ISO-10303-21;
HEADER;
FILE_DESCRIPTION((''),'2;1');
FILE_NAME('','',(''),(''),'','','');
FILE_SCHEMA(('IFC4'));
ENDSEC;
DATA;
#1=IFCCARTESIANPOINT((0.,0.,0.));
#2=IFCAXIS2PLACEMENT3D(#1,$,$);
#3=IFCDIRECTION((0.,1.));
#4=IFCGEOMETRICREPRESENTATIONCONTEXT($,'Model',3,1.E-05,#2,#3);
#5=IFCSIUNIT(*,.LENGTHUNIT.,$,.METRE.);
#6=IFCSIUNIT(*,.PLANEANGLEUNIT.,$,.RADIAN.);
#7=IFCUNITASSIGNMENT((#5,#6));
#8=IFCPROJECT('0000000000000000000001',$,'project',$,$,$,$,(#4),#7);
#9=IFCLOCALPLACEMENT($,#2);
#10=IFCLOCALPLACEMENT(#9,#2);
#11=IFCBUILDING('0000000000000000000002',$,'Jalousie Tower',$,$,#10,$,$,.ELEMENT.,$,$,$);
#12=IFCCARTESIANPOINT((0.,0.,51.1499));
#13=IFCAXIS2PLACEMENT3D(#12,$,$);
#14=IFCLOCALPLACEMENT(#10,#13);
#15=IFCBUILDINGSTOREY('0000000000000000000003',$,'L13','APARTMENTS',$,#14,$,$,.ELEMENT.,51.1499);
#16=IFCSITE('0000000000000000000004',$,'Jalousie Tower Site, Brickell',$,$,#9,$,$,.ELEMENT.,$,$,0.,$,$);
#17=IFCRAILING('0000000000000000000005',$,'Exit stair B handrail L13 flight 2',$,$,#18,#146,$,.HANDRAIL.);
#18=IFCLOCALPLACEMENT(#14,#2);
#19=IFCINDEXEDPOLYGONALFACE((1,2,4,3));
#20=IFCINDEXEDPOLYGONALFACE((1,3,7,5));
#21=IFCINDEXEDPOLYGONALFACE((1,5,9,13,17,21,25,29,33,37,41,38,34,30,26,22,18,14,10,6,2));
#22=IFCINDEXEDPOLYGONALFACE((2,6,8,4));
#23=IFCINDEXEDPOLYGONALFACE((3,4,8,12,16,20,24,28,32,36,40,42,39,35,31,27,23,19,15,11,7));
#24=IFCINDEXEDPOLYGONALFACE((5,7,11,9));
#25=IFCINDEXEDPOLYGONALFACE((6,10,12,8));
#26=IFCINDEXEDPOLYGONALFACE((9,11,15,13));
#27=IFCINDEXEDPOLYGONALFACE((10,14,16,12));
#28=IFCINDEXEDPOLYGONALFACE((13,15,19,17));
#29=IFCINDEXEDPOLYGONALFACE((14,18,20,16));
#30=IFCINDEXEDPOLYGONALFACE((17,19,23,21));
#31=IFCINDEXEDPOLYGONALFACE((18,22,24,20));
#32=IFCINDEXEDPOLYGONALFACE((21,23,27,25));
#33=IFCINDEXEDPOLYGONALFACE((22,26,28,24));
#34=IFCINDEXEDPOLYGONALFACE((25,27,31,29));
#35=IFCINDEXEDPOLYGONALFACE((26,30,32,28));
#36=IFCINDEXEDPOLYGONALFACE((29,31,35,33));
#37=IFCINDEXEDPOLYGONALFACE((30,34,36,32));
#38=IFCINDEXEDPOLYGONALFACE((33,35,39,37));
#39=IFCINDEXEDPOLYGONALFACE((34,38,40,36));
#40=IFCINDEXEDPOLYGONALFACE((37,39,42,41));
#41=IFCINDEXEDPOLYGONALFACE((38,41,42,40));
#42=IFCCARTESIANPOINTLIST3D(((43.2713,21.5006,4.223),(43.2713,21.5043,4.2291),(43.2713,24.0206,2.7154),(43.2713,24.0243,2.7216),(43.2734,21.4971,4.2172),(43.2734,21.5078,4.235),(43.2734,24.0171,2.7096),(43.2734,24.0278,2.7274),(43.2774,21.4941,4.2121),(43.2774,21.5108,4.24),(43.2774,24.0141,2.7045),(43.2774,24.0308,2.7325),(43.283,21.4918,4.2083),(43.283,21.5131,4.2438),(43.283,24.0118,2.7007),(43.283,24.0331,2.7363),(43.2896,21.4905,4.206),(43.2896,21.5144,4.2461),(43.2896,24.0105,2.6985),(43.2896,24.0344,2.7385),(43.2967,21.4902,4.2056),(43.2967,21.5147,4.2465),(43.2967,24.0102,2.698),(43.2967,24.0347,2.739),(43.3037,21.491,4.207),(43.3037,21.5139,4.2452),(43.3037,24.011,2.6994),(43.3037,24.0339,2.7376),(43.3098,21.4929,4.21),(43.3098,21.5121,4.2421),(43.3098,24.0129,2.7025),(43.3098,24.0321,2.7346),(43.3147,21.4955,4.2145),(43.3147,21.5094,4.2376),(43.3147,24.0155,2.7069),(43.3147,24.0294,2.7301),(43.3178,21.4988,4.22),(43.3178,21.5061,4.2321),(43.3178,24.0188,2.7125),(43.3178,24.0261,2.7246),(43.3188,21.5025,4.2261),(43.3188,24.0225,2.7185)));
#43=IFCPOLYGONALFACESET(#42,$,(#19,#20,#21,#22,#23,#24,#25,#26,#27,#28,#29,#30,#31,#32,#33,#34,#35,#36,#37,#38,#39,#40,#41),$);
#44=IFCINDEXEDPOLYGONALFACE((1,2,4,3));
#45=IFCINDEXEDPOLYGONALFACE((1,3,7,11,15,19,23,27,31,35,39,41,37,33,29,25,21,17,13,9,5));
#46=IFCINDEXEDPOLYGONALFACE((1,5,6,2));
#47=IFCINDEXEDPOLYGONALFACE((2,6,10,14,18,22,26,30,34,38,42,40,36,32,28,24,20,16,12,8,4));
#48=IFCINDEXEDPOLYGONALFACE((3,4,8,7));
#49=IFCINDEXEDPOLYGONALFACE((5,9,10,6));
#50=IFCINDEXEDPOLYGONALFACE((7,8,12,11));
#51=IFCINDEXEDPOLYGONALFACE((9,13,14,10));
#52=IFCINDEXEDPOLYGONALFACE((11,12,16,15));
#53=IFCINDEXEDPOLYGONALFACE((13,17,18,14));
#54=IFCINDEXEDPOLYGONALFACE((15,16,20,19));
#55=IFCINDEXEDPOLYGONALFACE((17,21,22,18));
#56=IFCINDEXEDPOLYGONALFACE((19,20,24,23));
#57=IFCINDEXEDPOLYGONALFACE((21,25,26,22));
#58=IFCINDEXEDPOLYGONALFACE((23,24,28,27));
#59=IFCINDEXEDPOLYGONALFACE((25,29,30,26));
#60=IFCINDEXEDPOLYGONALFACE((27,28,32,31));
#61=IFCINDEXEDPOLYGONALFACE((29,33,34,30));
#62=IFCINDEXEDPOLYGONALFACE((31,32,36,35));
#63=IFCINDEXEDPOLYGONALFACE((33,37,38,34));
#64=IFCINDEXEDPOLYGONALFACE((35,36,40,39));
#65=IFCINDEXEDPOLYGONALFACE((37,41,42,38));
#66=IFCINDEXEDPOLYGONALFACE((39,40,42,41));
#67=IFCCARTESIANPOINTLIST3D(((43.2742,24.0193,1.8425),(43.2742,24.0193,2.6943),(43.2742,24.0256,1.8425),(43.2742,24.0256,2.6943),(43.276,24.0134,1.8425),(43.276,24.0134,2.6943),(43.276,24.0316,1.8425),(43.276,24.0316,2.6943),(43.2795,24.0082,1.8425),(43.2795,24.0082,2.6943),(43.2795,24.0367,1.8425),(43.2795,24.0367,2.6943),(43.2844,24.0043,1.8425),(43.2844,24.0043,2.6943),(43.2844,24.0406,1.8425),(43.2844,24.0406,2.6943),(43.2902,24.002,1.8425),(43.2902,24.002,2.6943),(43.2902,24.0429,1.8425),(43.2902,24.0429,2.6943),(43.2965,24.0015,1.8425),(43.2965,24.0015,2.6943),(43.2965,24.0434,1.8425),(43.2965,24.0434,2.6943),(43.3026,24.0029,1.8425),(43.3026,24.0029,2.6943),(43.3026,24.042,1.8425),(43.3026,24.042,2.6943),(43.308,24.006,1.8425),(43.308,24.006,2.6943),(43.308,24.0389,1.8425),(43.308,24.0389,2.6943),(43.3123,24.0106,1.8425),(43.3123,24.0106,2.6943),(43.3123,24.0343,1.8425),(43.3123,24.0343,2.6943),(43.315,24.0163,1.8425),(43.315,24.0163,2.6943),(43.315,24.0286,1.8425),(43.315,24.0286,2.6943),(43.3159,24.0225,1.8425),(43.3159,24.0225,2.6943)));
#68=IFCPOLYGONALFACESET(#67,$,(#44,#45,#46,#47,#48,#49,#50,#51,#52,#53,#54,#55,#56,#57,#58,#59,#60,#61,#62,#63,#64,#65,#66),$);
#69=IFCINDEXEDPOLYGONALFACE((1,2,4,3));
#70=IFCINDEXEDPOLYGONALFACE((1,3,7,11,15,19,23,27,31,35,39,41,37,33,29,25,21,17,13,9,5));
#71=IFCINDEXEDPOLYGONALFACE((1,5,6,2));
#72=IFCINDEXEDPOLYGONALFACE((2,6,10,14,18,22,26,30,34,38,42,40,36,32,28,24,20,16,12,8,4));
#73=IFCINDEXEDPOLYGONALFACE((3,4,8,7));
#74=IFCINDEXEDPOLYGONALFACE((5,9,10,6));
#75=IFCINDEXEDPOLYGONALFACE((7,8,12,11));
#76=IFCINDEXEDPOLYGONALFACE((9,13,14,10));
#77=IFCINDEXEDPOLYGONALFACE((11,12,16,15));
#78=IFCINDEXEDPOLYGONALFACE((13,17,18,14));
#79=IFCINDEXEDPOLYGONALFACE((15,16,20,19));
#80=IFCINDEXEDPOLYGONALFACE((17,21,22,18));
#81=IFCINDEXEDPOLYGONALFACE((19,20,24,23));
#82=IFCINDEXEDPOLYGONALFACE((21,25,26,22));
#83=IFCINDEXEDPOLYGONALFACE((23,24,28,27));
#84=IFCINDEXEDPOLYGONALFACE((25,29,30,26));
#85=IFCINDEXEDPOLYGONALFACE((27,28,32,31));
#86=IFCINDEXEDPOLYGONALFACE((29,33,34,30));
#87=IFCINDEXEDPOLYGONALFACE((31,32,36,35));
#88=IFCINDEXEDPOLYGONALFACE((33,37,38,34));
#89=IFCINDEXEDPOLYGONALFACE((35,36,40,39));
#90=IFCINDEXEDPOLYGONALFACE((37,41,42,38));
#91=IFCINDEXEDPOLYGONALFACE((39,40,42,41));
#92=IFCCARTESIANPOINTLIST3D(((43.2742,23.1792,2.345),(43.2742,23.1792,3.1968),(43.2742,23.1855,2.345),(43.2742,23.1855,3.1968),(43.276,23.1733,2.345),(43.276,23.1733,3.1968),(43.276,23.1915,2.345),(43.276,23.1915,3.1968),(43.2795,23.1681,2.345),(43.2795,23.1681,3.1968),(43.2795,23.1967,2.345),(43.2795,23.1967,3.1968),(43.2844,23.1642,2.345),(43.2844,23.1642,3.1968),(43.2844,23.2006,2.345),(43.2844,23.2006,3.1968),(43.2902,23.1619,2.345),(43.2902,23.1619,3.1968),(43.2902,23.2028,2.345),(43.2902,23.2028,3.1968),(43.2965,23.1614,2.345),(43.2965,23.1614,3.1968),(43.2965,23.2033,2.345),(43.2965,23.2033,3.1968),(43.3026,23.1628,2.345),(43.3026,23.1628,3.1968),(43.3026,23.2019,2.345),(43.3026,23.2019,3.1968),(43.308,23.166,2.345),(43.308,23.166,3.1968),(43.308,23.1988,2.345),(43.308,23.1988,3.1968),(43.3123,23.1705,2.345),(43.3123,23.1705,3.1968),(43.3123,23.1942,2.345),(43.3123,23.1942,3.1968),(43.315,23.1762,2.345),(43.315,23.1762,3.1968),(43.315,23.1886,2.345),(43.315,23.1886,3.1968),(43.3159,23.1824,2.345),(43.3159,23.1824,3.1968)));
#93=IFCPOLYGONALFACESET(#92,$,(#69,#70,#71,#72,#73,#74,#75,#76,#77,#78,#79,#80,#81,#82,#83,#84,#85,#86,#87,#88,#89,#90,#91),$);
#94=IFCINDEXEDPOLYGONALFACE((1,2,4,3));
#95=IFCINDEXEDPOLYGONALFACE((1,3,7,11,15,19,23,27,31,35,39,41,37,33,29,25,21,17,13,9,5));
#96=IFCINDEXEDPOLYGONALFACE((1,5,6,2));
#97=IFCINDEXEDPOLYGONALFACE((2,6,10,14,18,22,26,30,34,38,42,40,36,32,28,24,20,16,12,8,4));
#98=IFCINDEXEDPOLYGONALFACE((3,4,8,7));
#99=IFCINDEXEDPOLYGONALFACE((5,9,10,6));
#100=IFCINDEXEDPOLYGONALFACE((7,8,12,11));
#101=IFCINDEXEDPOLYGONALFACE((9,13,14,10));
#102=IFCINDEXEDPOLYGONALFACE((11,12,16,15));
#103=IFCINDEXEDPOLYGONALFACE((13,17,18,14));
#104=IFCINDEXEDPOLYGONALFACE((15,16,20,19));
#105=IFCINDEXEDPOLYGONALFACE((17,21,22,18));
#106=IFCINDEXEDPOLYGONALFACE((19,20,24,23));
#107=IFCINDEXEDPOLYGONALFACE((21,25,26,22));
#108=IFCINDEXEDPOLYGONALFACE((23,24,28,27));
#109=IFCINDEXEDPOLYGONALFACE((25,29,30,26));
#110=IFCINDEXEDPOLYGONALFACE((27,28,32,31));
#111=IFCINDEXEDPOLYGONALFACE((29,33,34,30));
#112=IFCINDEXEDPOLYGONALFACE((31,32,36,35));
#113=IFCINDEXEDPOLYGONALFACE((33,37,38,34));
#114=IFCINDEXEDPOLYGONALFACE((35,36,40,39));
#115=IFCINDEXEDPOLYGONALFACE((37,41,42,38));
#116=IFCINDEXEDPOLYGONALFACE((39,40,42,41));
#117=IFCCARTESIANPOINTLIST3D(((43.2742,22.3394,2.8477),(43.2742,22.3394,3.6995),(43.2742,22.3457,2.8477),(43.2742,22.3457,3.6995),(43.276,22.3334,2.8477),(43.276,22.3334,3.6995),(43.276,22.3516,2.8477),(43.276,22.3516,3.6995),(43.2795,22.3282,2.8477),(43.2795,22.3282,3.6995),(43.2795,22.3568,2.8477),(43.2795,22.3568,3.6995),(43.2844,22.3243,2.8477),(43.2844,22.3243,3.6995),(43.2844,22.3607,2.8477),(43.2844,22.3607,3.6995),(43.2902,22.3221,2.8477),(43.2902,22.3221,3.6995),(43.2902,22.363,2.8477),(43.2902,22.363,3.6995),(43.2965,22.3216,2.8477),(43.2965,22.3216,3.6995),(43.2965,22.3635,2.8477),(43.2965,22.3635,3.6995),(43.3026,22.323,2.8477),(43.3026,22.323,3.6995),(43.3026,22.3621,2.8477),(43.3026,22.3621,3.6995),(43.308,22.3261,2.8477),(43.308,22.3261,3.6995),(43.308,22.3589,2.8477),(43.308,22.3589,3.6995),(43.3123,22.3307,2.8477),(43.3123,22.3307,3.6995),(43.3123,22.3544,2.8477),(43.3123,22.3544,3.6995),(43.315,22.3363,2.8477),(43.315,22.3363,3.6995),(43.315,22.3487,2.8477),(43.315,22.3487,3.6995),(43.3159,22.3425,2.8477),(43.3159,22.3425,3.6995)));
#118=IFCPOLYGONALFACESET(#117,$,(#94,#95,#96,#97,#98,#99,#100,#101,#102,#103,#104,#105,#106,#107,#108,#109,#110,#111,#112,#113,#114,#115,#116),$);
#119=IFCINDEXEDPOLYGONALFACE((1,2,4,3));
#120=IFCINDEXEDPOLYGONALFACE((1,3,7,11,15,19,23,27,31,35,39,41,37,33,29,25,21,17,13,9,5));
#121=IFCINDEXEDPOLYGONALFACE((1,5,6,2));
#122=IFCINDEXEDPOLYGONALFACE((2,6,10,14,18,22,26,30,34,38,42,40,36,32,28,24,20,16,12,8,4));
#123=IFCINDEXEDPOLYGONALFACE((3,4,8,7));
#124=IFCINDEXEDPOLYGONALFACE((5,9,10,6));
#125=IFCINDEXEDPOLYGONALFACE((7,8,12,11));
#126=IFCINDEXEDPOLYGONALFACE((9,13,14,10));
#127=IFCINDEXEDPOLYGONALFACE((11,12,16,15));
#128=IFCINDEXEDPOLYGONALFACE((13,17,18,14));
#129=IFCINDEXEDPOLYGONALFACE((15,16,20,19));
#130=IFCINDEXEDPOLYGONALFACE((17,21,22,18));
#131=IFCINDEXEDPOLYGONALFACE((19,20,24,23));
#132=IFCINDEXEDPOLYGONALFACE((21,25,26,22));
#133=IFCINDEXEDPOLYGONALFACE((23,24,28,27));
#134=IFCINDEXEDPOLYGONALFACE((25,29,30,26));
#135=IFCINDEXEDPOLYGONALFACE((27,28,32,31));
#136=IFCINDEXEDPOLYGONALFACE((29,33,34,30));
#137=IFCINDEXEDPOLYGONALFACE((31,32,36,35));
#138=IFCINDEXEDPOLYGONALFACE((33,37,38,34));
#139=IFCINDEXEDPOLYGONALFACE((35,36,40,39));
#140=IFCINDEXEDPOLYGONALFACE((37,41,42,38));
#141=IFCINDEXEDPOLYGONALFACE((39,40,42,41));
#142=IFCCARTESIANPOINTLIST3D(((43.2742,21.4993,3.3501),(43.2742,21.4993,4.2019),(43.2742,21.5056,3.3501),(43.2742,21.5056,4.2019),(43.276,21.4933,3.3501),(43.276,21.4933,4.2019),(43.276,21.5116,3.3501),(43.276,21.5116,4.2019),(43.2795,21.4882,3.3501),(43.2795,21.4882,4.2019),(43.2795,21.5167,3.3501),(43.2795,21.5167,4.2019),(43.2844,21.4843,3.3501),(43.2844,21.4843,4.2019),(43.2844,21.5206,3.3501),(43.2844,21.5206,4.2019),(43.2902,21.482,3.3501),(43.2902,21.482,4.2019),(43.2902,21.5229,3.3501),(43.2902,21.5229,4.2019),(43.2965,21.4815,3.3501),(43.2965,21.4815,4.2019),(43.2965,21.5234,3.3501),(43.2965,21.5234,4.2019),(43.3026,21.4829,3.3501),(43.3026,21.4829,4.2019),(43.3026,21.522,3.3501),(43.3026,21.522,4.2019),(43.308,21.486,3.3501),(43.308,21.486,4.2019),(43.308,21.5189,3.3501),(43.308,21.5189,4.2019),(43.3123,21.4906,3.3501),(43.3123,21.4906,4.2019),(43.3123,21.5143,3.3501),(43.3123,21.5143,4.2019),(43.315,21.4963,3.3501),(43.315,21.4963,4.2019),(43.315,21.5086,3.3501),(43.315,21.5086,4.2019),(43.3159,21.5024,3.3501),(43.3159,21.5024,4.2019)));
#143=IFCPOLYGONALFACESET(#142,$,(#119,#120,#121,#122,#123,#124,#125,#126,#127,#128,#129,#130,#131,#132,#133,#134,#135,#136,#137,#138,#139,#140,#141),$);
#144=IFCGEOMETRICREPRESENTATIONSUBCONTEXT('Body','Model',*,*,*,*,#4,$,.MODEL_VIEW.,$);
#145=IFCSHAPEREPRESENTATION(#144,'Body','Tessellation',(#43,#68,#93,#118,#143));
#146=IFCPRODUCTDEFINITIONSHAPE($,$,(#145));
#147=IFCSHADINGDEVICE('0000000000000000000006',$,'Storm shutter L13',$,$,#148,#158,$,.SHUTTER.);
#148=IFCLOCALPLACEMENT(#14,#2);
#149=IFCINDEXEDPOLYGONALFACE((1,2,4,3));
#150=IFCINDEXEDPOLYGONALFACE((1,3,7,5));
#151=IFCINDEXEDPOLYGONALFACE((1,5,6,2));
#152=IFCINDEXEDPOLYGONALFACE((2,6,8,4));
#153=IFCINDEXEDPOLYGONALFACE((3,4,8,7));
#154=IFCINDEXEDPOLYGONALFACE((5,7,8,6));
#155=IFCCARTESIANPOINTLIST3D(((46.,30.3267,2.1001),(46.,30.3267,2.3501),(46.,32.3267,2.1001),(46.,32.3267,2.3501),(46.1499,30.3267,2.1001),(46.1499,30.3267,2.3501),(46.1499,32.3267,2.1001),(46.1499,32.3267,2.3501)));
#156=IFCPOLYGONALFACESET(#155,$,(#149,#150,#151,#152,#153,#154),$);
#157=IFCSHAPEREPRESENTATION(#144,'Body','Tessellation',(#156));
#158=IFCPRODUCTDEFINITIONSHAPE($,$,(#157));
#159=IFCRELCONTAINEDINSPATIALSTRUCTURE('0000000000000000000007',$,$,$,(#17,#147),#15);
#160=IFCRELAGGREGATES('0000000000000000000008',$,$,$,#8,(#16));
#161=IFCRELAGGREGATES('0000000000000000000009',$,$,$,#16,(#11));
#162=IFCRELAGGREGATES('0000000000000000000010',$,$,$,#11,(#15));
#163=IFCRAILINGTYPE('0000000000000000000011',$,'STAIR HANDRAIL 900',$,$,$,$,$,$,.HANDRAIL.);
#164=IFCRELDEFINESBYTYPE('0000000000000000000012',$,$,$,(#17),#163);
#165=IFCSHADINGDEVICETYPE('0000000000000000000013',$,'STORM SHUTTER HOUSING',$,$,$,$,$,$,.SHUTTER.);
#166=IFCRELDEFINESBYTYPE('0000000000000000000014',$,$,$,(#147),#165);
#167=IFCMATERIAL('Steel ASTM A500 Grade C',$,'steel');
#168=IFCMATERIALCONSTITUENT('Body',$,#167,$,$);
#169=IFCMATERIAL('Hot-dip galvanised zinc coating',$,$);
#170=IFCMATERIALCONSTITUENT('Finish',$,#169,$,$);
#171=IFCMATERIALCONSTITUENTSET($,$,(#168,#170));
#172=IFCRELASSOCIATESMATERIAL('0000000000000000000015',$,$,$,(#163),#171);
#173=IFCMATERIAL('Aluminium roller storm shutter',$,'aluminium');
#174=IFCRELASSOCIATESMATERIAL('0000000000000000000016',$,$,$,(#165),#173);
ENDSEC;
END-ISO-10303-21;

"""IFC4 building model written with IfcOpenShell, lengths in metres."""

from ifc_helpers import new_model, si_unit, direction, frame, origin, origin_2d, place, context, subcontext, project, spatial, rectangle, circle, extrude, material, constituent, constituent_set, type_object, element, save


model = new_model("IFC4")

# Units and contexts
model_context = context("Model", 3, precision=1e-05, world=origin(), true_north=direction((0.0, 1.0)))
body_context = subcontext(model_context, "Body", "Model", "MODEL_VIEW")
ifc_project = project(units=[si_unit("LENGTHUNIT", "METRE"), si_unit("PLANEANGLEUNIT", "RADIAN")], contexts=[model_context])

# Site, building, storey
site_placement = place(None, origin())
site = spatial("IfcSite", under=ifc_project, at=site_placement, Name="Jalousie Tower Site, Brickell", CompositionType="ELEMENT", RefElevation=0.0)
building_placement = place(site_placement, origin())
building = spatial("IfcBuilding", under=site, at=building_placement, Name="Jalousie Tower", CompositionType="ELEMENT")
storey_placement = place(building_placement, frame((0.0, 0.0, 51.1499)))
storey = spatial("IfcBuildingStorey", under=building, at=storey_placement, Name="L13", Description="APARTMENTS", CompositionType="ELEMENT", Elevation=51.1499)

# Railing
ifc_material_1 = material(Name="Steel ASTM A500 Grade C", Category="steel")
ifc_constituent_1 = constituent(ifc_material_1, Name="Body")
ifc_material_2 = material(Name="Hot-dip galvanised zinc coating")
ifc_constituent_2 = constituent(ifc_material_2, Name="Finish")
ifc_constituent_set_1 = constituent_set(constituents=[ifc_constituent_1, ifc_constituent_2])
railing_type_1 = type_object("IfcRailingType", Name="STAIR HANDRAIL 900", PredefinedType="HANDRAIL", material=ifc_constituent_set_1)
railing_1_placement = place(storey_placement, frame((43.2949, 24.0225, 1.8425)))
element("IfcRailing", 1, at=railing_1_placement, inside=storey, type_object=railing_type_1, Name="Exit stair B handrail L13 flight 2", PredefinedType="HANDRAIL", context=body_context, shape_type="SweptSolid", body=[
    extrude(circle(Radius=0.0239, at=origin_2d()), frame((0.0, 0.0, 0.876), z_axis=(0.0, -0.85816, 0.513383), x_axis=(1.0, 0.0, 0.0)), (0.0, 0.0, 1.0), 2.9365),
    extrude(circle(Radius=0.021, at=origin_2d()), origin(), (0.0, 0.0, 1.0), 0.8518),
    extrude(circle(Radius=0.021, at=origin_2d()), frame((0.0, -0.8401, 0.5024)), (0.0, 0.0, 1.0), 0.8518),
    extrude(circle(Radius=0.021, at=origin_2d()), frame((0.0, -1.6799, 1.0051)), (0.0, 0.0, 1.0), 0.8518),
    extrude(circle(Radius=0.021, at=origin_2d()), frame((0.0, -2.52, 1.5076)), (0.0, 0.0, 1.0), 0.8518),
])

# Shading device
ifc_material_3 = material(Name="Aluminium roller storm shutter", Category="aluminium")
shading_device_type = type_object("IfcShadingDeviceType", Name="STORM SHUTTER HOUSING", PredefinedType="SHUTTER", material=ifc_material_3)
shading_device_placement = place(storey_placement, frame((46.075, 31.3267, 2.1001), z_axis=(0.0, 0.0, 1.0), x_axis=(0.0, 1.0, 0.0)))
element("IfcShadingDevice", 2, at=shading_device_placement, inside=storey, type_object=shading_device_type, Name="Storm shutter L13", PredefinedType="SHUTTER", context=body_context, shape_type="SweptSolid", body=[
    extrude(rectangle(XDim=2.0, YDim=0.1499, at=origin_2d()), origin(), (0.0, 0.0, 1.0), 0.25),
])

save(model, "model.ifc")
